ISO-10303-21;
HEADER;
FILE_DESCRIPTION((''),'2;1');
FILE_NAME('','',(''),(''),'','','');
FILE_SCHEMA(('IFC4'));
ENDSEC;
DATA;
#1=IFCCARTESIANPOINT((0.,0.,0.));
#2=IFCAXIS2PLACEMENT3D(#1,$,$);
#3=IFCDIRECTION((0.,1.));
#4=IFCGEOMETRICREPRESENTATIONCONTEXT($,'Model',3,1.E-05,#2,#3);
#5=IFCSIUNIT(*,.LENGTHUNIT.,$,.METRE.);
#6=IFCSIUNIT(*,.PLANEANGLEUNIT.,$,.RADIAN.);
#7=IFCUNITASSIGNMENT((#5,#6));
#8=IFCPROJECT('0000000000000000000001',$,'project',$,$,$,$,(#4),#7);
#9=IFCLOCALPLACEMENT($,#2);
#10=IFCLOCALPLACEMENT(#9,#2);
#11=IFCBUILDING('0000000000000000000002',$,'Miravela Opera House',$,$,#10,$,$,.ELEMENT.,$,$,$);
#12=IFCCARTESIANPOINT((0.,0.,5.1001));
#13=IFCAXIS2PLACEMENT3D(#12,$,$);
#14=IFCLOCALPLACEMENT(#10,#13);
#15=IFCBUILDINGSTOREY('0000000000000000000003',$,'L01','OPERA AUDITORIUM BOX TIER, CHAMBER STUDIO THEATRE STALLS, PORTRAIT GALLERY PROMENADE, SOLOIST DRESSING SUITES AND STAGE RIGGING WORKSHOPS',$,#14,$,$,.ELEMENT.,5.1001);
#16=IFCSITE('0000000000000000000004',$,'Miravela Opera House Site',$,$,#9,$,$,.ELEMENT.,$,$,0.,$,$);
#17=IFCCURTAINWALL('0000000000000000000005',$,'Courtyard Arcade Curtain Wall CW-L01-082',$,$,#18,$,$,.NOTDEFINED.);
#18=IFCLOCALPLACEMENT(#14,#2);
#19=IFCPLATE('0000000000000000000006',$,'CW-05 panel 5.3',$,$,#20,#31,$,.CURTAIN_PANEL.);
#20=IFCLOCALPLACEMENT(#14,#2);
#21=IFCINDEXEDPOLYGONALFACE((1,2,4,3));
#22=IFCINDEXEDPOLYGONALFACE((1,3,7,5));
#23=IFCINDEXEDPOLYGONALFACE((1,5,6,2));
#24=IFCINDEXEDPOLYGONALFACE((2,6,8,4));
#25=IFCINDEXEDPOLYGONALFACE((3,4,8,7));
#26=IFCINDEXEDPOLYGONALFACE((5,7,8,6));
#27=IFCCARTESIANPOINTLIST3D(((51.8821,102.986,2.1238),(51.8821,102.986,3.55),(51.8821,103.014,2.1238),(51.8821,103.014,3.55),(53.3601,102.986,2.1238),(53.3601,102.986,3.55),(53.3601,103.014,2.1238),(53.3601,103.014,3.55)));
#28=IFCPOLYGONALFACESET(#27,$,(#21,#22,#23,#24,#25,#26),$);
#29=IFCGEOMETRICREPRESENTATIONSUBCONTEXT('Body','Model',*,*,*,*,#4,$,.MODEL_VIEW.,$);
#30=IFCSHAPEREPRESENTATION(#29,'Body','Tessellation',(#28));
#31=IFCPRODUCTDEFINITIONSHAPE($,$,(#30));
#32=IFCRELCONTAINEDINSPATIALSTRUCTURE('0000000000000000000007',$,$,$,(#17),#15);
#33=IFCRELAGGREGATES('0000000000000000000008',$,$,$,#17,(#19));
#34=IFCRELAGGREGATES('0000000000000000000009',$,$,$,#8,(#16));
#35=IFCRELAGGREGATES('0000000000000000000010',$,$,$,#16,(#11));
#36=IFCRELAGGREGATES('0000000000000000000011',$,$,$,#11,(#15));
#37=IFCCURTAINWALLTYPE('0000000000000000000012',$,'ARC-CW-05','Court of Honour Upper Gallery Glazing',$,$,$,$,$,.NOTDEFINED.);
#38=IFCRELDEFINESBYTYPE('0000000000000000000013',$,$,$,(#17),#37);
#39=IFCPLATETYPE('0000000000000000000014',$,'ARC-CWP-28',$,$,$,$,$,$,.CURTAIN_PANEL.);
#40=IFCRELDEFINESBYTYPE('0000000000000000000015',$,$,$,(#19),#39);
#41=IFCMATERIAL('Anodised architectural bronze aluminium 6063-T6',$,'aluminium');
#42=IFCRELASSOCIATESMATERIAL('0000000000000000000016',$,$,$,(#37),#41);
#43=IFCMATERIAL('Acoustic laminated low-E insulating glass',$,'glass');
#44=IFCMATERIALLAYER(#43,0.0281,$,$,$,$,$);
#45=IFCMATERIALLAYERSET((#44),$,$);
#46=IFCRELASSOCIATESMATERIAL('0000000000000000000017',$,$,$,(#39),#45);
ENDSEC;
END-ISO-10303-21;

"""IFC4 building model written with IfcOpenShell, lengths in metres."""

from ifc_helpers import new_model, si_unit, direction, frame, origin, origin_2d, place, context, subcontext, project, spatial, rectangle, extrude, material, layer, layer_set, type_object, element, aggregate, save


model = new_model("IFC4")

# Units and contexts
model_context = context("Model", 3, precision=1e-05, world=origin(), true_north=direction((0.0, 1.0)))
body_context = subcontext(model_context, "Body", "Model", "MODEL_VIEW")
ifc_project = project(units=[si_unit("LENGTHUNIT", "METRE"), si_unit("PLANEANGLEUNIT", "RADIAN")], contexts=[model_context])

# Site, building, storey
site_placement = place(None, origin())
site = spatial("IfcSite", under=ifc_project, at=site_placement, Name="Miravela Opera House Site", CompositionType="ELEMENT", RefElevation=0.0)
building_placement = place(site_placement, origin())
building = spatial("IfcBuilding", under=site, at=building_placement, Name="Miravela Opera House", CompositionType="ELEMENT")
storey_placement = place(building_placement, frame((0.0, 0.0, 5.1001)))
storey = spatial("IfcBuildingStorey", under=building, at=storey_placement, Name="L01", Description="OPERA AUDITORIUM BOX TIER, CHAMBER STUDIO THEATRE STALLS, PORTRAIT GALLERY PROMENADE, SOLOIST DRESSING SUITES AND STAGE RIGGING WORKSHOPS", CompositionType="ELEMENT", Elevation=5.1001)

# Curtain wall
ifc_material_1 = material(Name="Anodised architectural bronze aluminium 6063-T6", Category="aluminium")
curtain_wall_type = type_object("IfcCurtainWallType", Name="ARC-CW-05", Description="Court of Honour Upper Gallery Glazing", PredefinedType="NOTDEFINED", material=ifc_material_1)
curtain_wall_1_placement = place(storey_placement, origin())
curtain_wall_1 = element("IfcCurtainWall", 1, at=curtain_wall_1_placement, inside=storey, type_object=curtain_wall_type, Name="Courtyard Arcade Curtain Wall CW-L01-082", PredefinedType="NOTDEFINED")

# Plate
ifc_material_2 = material(Name="Acoustic laminated low-E insulating glass", Category="glass")
ifc_layer = layer(ifc_material_2, 0.0281)
ifc_layer_set = layer_set([ifc_layer])
plate_type = type_object("IfcPlateType", Name="ARC-CWP-28", PredefinedType="CURTAIN_PANEL", material=ifc_layer_set)
plate_1_placement = place(storey_placement, frame((52.6211, 103.0, 2.1238), z_axis=(0.0, 0.0, 1.0), x_axis=(1.0, 0.0, 0.0)))
plate_1 = element("IfcPlate", 2, at=plate_1_placement, type_object=plate_type, Name="CW-05 panel 5.3", PredefinedType="CURTAIN_PANEL", context=body_context, shape_type="SweptSolid", body=[
    extrude(rectangle(XDim=1.478, YDim=0.0281, at=origin_2d()), origin(), (0.0, 0.0, 1.0), 1.4263),
])
aggregate(curtain_wall_1, [plate_1])

save(model, "model.ifc")
